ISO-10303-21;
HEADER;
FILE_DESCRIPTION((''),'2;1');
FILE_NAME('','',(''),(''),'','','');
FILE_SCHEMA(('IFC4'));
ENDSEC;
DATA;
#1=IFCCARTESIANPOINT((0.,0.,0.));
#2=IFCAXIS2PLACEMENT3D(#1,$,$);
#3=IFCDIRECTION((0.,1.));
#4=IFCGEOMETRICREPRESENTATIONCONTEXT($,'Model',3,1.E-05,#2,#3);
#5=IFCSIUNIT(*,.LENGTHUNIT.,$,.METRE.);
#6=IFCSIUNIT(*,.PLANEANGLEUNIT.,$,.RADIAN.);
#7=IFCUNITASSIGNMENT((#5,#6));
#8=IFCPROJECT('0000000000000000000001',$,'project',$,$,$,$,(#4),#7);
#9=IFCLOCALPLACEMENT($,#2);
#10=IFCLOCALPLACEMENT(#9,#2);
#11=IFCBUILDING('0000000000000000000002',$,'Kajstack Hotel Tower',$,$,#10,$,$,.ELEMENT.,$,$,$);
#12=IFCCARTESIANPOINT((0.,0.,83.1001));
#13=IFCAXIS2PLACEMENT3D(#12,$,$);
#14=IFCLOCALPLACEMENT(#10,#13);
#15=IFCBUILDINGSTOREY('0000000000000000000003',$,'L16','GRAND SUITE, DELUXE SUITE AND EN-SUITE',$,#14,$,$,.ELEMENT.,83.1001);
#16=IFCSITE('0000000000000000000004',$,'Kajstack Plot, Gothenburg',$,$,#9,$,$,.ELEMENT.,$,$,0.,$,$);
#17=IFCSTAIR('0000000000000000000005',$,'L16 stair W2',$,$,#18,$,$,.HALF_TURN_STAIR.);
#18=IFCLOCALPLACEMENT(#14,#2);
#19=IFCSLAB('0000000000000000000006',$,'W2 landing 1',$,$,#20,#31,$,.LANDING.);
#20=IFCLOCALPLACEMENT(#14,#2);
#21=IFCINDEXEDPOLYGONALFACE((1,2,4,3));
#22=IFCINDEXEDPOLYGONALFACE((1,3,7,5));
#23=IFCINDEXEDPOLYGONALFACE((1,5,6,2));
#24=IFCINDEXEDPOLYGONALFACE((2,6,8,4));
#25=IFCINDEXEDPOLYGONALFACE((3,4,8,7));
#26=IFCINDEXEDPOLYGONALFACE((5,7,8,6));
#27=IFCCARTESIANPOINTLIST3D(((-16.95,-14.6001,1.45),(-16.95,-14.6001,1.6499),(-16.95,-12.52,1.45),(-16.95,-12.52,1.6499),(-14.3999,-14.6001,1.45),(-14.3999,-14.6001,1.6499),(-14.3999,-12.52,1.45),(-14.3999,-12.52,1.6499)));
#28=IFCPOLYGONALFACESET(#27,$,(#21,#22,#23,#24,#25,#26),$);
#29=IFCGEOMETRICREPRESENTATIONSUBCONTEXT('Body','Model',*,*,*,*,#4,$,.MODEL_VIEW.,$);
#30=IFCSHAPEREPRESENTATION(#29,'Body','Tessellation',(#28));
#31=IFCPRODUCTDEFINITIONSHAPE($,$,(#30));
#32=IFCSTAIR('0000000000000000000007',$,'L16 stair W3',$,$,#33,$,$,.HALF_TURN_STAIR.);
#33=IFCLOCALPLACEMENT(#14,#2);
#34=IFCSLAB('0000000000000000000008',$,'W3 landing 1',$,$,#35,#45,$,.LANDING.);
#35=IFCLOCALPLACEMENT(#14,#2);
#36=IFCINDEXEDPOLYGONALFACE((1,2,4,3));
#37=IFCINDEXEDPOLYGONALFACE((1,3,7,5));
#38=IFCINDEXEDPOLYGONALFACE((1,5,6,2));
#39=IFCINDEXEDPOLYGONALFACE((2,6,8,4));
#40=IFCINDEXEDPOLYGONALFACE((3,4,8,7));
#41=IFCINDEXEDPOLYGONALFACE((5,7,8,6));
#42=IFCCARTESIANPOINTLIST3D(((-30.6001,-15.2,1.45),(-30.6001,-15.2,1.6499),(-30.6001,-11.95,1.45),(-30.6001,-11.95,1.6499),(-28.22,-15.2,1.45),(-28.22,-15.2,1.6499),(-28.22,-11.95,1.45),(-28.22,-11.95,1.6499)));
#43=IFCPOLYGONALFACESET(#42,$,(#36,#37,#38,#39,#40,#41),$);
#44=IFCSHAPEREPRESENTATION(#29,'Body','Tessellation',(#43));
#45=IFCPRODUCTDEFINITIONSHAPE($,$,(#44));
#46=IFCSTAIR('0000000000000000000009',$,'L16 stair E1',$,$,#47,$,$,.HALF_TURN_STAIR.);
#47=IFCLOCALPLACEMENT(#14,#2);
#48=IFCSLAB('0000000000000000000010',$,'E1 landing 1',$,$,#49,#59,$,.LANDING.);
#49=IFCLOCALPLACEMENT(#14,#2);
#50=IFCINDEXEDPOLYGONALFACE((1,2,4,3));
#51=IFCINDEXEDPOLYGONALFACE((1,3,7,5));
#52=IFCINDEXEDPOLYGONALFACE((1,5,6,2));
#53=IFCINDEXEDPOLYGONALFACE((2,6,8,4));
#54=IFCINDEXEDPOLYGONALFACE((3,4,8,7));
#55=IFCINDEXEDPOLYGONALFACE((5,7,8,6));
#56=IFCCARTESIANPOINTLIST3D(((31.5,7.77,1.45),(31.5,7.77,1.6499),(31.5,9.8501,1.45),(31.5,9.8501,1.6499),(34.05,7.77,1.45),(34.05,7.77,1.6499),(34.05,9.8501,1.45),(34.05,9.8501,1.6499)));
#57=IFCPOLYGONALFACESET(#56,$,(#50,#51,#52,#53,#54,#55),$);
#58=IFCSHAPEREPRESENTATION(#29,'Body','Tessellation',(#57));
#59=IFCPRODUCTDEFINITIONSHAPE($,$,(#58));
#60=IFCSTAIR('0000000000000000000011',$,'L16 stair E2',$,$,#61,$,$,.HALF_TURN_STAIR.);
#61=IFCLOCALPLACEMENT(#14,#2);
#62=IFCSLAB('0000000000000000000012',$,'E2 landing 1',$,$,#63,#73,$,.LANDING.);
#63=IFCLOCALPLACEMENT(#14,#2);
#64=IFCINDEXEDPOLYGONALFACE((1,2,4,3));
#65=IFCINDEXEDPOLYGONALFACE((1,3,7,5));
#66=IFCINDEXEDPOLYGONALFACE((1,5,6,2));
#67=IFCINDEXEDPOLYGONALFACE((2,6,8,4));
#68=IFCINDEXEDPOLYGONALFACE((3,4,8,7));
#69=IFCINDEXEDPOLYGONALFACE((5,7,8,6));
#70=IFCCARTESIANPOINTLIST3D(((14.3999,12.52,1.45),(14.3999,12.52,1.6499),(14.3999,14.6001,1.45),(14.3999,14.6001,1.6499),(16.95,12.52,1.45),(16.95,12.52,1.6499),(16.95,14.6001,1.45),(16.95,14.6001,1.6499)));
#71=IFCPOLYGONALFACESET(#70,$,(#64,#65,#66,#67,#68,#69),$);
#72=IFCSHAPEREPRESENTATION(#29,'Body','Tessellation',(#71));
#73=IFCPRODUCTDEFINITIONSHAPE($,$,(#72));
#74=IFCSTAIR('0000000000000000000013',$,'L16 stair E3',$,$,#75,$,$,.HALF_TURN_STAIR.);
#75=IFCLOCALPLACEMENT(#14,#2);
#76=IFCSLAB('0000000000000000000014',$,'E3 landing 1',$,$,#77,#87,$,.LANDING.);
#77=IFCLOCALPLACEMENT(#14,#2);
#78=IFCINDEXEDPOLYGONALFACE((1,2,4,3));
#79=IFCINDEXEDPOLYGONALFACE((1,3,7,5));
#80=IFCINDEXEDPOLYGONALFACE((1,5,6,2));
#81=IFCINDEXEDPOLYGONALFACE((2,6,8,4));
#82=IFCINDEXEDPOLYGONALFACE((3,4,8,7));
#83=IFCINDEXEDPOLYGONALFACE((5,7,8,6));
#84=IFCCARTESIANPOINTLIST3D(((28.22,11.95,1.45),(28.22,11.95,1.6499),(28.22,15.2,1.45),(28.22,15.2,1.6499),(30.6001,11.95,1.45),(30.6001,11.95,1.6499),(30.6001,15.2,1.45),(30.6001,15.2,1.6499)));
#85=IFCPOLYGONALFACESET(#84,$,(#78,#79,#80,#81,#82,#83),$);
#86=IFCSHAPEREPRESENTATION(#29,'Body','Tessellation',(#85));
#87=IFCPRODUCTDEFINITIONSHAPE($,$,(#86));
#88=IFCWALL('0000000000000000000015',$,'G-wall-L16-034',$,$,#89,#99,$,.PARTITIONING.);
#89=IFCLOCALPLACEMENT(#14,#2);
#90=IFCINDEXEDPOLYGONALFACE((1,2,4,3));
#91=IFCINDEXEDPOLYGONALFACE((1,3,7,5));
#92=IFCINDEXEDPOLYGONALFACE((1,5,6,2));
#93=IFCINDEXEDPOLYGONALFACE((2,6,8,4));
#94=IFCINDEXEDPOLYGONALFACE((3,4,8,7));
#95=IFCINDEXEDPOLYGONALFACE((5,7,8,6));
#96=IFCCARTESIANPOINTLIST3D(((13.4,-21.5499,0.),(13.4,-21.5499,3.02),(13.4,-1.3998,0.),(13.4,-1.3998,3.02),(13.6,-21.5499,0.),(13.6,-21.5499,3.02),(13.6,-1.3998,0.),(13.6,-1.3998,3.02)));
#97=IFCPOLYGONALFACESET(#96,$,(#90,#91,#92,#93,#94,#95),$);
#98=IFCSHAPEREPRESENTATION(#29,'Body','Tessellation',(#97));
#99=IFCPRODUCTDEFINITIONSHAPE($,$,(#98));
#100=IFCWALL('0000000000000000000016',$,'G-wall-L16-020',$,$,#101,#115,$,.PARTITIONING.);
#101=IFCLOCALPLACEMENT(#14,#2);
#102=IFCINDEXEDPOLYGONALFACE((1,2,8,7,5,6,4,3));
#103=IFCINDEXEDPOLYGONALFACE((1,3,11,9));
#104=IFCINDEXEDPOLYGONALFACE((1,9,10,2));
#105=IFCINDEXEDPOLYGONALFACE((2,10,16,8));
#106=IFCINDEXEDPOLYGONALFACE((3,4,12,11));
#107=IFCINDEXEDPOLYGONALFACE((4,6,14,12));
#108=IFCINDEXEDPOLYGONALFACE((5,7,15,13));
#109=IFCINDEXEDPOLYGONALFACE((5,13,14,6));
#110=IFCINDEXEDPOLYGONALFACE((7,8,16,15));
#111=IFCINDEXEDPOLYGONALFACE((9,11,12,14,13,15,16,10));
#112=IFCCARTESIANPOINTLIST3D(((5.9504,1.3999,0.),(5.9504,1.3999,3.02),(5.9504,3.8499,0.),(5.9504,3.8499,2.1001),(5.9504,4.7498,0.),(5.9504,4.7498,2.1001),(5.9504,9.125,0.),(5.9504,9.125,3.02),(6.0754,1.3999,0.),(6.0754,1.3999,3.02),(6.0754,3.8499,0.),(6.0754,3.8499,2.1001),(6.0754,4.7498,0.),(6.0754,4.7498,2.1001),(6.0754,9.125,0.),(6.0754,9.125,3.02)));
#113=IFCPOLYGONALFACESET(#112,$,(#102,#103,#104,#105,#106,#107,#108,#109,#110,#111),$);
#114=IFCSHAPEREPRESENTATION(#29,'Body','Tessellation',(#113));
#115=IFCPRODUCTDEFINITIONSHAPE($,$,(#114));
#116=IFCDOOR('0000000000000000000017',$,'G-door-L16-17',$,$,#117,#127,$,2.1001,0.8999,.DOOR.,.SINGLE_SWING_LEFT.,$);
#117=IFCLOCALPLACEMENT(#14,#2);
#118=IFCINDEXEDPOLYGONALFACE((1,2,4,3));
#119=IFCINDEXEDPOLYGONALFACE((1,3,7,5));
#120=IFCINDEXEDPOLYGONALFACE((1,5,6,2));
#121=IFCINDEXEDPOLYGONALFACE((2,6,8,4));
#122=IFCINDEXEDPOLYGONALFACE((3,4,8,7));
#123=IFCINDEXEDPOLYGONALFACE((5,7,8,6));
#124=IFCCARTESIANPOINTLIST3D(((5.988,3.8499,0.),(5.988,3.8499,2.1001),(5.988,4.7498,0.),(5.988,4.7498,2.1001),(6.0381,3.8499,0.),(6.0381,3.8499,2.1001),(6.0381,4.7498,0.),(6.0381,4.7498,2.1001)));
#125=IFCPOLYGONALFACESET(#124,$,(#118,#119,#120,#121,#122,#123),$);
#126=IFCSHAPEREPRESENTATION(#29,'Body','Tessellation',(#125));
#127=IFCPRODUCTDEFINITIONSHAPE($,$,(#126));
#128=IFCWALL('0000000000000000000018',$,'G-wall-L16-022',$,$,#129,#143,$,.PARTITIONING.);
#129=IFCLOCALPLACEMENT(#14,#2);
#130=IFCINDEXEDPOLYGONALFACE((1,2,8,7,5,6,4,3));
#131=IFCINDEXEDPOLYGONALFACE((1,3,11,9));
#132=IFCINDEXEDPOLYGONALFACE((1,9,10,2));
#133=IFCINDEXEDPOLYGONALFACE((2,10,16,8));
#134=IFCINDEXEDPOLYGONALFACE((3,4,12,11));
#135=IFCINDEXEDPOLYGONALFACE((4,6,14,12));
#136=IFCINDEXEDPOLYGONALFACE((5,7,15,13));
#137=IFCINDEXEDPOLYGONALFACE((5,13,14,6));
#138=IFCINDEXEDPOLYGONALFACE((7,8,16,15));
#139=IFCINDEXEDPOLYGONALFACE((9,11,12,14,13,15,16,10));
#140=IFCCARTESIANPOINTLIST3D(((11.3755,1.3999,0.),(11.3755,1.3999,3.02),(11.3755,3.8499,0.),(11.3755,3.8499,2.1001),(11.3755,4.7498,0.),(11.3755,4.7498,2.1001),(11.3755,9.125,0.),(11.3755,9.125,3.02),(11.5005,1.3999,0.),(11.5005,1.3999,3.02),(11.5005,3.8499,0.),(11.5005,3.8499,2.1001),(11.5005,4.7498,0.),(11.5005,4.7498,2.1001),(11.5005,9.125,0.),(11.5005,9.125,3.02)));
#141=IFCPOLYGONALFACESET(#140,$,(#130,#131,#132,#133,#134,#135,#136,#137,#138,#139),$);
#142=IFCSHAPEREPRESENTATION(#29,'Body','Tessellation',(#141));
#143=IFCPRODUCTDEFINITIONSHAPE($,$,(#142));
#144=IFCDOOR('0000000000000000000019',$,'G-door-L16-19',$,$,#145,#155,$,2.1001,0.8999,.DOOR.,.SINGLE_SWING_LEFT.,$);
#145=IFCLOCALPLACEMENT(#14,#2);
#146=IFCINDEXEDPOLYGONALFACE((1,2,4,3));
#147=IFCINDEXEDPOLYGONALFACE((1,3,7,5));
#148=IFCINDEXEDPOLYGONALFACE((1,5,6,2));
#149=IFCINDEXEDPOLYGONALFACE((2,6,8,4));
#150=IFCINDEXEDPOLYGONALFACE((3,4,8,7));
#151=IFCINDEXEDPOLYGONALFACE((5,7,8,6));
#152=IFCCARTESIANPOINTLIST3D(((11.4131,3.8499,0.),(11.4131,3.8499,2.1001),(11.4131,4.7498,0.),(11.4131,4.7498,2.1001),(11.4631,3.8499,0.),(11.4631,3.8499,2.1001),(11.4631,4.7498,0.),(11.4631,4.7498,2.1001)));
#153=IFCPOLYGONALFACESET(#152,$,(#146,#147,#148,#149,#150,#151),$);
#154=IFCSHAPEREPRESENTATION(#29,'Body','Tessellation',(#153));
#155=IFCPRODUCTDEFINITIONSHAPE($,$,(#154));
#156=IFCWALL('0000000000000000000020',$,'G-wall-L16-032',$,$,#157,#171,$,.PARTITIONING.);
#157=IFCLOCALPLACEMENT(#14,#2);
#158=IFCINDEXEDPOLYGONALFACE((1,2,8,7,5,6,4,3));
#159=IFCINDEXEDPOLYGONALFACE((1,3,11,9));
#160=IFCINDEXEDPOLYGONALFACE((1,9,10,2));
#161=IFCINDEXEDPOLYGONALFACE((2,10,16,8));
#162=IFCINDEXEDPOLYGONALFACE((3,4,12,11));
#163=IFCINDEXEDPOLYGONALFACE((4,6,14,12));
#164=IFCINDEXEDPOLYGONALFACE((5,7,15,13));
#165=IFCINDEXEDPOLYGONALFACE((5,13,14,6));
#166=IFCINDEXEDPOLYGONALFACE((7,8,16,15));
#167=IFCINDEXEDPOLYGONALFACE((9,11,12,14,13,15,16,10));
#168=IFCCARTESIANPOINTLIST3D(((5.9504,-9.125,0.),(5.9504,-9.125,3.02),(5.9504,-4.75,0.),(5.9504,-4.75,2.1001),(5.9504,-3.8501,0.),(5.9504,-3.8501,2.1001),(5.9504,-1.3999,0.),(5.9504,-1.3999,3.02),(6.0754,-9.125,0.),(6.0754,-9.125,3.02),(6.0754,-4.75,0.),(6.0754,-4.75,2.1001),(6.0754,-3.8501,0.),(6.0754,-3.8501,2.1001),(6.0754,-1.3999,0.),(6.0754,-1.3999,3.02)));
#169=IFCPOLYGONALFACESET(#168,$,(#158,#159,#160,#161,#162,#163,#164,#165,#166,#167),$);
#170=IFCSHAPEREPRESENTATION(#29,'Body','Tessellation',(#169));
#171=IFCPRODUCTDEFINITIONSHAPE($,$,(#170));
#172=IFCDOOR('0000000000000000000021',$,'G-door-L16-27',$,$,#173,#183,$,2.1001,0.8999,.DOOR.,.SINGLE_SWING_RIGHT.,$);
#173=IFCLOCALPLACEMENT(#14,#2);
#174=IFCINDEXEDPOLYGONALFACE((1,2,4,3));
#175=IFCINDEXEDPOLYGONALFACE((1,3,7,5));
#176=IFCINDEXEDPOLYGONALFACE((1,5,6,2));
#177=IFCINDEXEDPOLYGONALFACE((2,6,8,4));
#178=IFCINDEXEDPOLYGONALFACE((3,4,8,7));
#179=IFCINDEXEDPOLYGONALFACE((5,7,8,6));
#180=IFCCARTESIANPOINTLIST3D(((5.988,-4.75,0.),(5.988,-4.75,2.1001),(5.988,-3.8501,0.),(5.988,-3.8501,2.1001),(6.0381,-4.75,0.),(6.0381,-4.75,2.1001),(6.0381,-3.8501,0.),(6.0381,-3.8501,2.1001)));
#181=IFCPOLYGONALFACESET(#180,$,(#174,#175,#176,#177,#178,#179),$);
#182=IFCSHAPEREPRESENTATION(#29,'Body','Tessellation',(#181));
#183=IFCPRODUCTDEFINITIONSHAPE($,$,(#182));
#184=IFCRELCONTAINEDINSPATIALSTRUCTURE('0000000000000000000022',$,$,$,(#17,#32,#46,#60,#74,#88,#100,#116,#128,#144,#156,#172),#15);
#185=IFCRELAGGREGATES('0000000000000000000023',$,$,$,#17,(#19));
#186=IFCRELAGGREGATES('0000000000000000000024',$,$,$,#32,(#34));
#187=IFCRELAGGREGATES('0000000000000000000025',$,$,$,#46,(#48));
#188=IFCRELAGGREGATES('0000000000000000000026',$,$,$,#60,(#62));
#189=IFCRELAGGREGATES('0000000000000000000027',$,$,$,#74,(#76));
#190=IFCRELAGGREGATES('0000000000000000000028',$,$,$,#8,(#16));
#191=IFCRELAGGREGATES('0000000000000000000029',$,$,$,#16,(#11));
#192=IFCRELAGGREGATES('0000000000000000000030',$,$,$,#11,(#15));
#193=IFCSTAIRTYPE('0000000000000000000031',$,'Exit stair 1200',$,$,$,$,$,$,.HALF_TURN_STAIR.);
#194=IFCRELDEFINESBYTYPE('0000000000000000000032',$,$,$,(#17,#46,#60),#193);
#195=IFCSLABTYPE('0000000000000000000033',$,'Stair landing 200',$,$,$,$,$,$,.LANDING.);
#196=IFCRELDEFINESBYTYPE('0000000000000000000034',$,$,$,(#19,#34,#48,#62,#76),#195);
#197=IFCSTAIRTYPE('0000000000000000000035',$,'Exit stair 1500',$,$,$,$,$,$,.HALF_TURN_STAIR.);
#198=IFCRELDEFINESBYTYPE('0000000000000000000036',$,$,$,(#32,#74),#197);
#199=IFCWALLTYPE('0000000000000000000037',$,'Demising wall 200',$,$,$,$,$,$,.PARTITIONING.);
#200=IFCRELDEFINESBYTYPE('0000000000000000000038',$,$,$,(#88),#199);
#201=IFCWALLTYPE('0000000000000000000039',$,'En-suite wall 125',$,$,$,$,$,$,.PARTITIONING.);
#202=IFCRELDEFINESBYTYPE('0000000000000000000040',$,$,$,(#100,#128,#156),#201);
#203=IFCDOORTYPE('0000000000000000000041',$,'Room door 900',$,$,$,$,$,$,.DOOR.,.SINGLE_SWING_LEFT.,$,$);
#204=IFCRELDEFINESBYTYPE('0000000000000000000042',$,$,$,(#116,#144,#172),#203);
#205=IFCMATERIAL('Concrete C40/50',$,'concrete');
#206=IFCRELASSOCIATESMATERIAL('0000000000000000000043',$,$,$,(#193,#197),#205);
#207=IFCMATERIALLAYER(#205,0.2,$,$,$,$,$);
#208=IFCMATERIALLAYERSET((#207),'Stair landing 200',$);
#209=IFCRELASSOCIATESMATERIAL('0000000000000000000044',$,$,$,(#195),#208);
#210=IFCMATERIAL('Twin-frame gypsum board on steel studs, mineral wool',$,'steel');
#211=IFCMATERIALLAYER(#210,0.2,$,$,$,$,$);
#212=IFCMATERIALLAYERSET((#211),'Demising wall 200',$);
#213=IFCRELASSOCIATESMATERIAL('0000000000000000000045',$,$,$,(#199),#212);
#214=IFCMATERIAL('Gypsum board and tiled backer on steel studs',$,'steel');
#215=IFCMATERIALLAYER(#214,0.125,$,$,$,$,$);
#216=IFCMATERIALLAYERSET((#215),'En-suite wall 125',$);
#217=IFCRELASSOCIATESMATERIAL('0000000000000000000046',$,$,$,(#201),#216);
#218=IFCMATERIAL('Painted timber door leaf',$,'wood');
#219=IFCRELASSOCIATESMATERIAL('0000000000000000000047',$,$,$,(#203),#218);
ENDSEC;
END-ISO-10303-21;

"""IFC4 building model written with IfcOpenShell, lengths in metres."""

from ifc_helpers import new_model, si_unit, direction, frame, frame_2d, origin, place, context, subcontext, project, spatial, polyline, rectangle, outline, extrude, material, layer, layer_set, type_object, element, fill, aggregate, save


model = new_model("IFC4")

# Units and contexts
model_context = context("Model", 3, precision=1e-05, world=origin(), true_north=direction((0.0, 1.0)))
body_context = subcontext(model_context, "Body", "Model", "MODEL_VIEW")
ifc_project = project(units=[si_unit("LENGTHUNIT", "METRE"), si_unit("PLANEANGLEUNIT", "RADIAN")], contexts=[model_context])

# Site, building, storey
site_placement = place(None, origin())
site = spatial("IfcSite", under=ifc_project, at=site_placement, Name="Kajstack Plot, Gothenburg", CompositionType="ELEMENT", RefElevation=0.0)
building_placement = place(site_placement, origin())
building = spatial("IfcBuilding", under=site, at=building_placement, Name="Kajstack Hotel Tower", CompositionType="ELEMENT")
storey_placement = place(building_placement, frame((0.0, 0.0, 83.1001)))
storey = spatial("IfcBuildingStorey", under=building, at=storey_placement, Name="L16", Description="GRAND SUITE, DELUXE SUITE AND EN-SUITE", CompositionType="ELEMENT", Elevation=83.1001)

# Stairs, slabs
ifc_material_1 = material(Name="Concrete C40/50", Category="concrete")
stair_type_1 = type_object("IfcStairType", Name="Exit stair 1200", PredefinedType="HALF_TURN_STAIR", material=ifc_material_1)
stair_1_placement = place(storey_placement, origin())
stair_1 = element("IfcStair", 1, at=stair_1_placement, inside=storey, type_object=stair_type_1, Name="L16 stair W2", PredefinedType="HALF_TURN_STAIR")
ifc_layer_1 = layer(ifc_material_1, 0.2)
ifc_layer_set_1 = layer_set([ifc_layer_1], Name="Stair landing 200")
slab_type = type_object("IfcSlabType", Name="Stair landing 200", PredefinedType="LANDING", material=ifc_layer_set_1)
slab_1_placement = place(storey_placement, frame((0.0, 0.0, 1.45)))
slab_1 = element("IfcSlab", 2, at=slab_1_placement, type_object=slab_type, Name="W2 landing 1", PredefinedType="LANDING", context=body_context, shape_type="SweptSolid", body=[
    extrude(outline(polyline([(-16.95, -12.52), (-16.95, -14.6001), (-14.3999, -14.6001), (-14.3999, -12.52), (-16.95, -12.52)])), origin(), (0.0, 0.0, 1.0), 0.2),
])
aggregate(stair_1, [slab_1])
stair_type_2 = type_object("IfcStairType", Name="Exit stair 1500", PredefinedType="HALF_TURN_STAIR", material=ifc_material_1)
stair_2_placement = place(storey_placement, origin())
stair_2 = element("IfcStair", 3, at=stair_2_placement, inside=storey, type_object=stair_type_2, Name="L16 stair W3", PredefinedType="HALF_TURN_STAIR")
slab_2_placement = place(storey_placement, frame((0.0, 0.0, 1.45)))
slab_2 = element("IfcSlab", 4, at=slab_2_placement, type_object=slab_type, Name="W3 landing 1", PredefinedType="LANDING", context=body_context, shape_type="SweptSolid", body=[
    extrude(outline(polyline([(-28.22, -11.95), (-30.6001, -11.95), (-30.6001, -15.2), (-28.22, -15.2), (-28.22, -11.95)])), origin(), (0.0, 0.0, 1.0), 0.2),
])
aggregate(stair_2, [slab_2])
stair_3_placement = place(storey_placement, origin())
stair_3 = element("IfcStair", 5, at=stair_3_placement, inside=storey, type_object=stair_type_1, Name="L16 stair E1", PredefinedType="HALF_TURN_STAIR")
slab_3_placement = place(storey_placement, frame((0.0, 0.0, 1.45)))
slab_3 = element("IfcSlab", 6, at=slab_3_placement, type_object=slab_type, Name="E1 landing 1", PredefinedType="LANDING", context=body_context, shape_type="SweptSolid", body=[
    extrude(outline(polyline([(34.05, 7.77), (34.05, 9.8501), (31.5, 9.8501), (31.5, 7.77), (34.05, 7.77)])), origin(), (0.0, 0.0, 1.0), 0.2),
])
aggregate(stair_3, [slab_3])
stair_4_placement = place(storey_placement, origin())
stair_4 = element("IfcStair", 7, at=stair_4_placement, inside=storey, type_object=stair_type_1, Name="L16 stair E2", PredefinedType="HALF_TURN_STAIR")
slab_4_placement = place(storey_placement, frame((0.0, 0.0, 1.45)))
slab_4 = element("IfcSlab", 8, at=slab_4_placement, type_object=slab_type, Name="E2 landing 1", PredefinedType="LANDING", context=body_context, shape_type="SweptSolid", body=[
    extrude(outline(polyline([(16.95, 12.52), (16.95, 14.6001), (14.3999, 14.6001), (14.3999, 12.52), (16.95, 12.52)])), origin(), (0.0, 0.0, 1.0), 0.2),
])
aggregate(stair_4, [slab_4])
stair_5_placement = place(storey_placement, origin())
stair_5 = element("IfcStair", 9, at=stair_5_placement, inside=storey, type_object=stair_type_2, Name="L16 stair E3", PredefinedType="HALF_TURN_STAIR")
slab_5_placement = place(storey_placement, frame((0.0, 0.0, 1.45)))
slab_5 = element("IfcSlab", 10, at=slab_5_placement, type_object=slab_type, Name="E3 landing 1", PredefinedType="LANDING", context=body_context, shape_type="SweptSolid", body=[
    extrude(outline(polyline([(28.22, 11.95), (30.6001, 11.95), (30.6001, 15.2), (28.22, 15.2), (28.22, 11.95)])), origin(), (0.0, 0.0, 1.0), 0.2),
])
aggregate(stair_5, [slab_5])

# Wall
ifc_material_2 = material(Name="Twin-frame gypsum board on steel studs, mineral wool", Category="steel")
ifc_layer_2 = layer(ifc_material_2, 0.2)
ifc_layer_set_2 = layer_set([ifc_layer_2], Name="Demising wall 200")
wall_type_1 = type_object("IfcWallType", Name="Demising wall 200", PredefinedType="PARTITIONING", material=ifc_layer_set_2)
wall_1_placement = place(storey_placement, frame((13.5, -21.55, 0.0), z_axis=(0.0, 0.0, 1.0), x_axis=(0.0, 1.0, 0.0)))
element("IfcWall", 11, at=wall_1_placement, inside=storey, type_object=wall_type_1, Name="G-wall-L16-034", PredefinedType="PARTITIONING", context=body_context, shape_type="SweptSolid", body=[
    extrude(rectangle(XDim=20.1501, YDim=0.2, at=frame_2d((10.0752, 0.0))), origin(), (0.0, 0.0, 1.0), 3.02),
])

# Walls, openings, doors
ifc_material_3 = material(Name="Gypsum board and tiled backer on steel studs", Category="steel")
ifc_layer_3 = layer(ifc_material_3, 0.125)
ifc_layer_set_3 = layer_set([ifc_layer_3], Name="En-suite wall 125")
wall_type_2 = type_object("IfcWallType", Name="En-suite wall 125", PredefinedType="PARTITIONING", material=ifc_layer_set_3)
wall_2_placement = place(storey_placement, frame((6.0129, 1.3999, 0.0), z_axis=(0.0, 0.0, 1.0), x_axis=(0.0, 1.0, 0.0)))
wall_2 = element("IfcWall", 12, at=wall_2_placement, inside=storey, type_object=wall_type_2, Name="G-wall-L16-020", PredefinedType="PARTITIONING", context=body_context, shape_type="SweptSolid", body=[
    extrude(rectangle(XDim=7.7251, YDim=0.125, at=frame_2d((3.8625, 0.0))), origin(), (0.0, 0.0, 1.0), 3.02),
])
opening_1_placement = place(wall_2_placement, frame((2.45, 0.0, 0.0)))
opening_1 = element("IfcOpeningElement", 13, at=opening_1_placement, cuts=wall_2, PredefinedType="OPENING", context=body_context, shape_type="SweptSolid", body=[
    extrude(rectangle(XDim=0.8999, YDim=2.1001, at=frame_2d((0.45, 1.05))), frame((0.0, 0.0725, 0.0), z_axis=(0.0, -1.0, 0.0), x_axis=(1.0, 0.0, 0.0)), (0.0, 0.0, 1.0), 0.145),
])
ifc_material_4 = material(Name="Painted timber door leaf", Category="wood")
door_type_1 = type_object("IfcDoorType", Name="Room door 900", OperationType="SINGLE_SWING_LEFT", PredefinedType="DOOR", material=ifc_material_4)
door_1_placement = place(opening_1_placement, origin())
door_1 = element("IfcDoor", 14, at=door_1_placement, inside=storey, type_object=door_type_1, Name="G-door-L16-17", OperationType="SINGLE_SWING_LEFT", OverallHeight=2.1001, OverallWidth=0.8999, PredefinedType="DOOR", context=body_context, shape_type="SweptSolid", body=[
    extrude(rectangle(XDim=0.8999, YDim=2.1001, at=frame_2d((0.45, 1.05))), frame((0.0, 0.0249, 0.0), z_axis=(0.0, -1.0, 0.0), x_axis=(1.0, 0.0, 0.0)), (0.0, 0.0, 1.0), 0.05),
])
fill(opening_1, door_1)
wall_3_placement = place(storey_placement, frame((11.438, 1.3999, 0.0), z_axis=(0.0, 0.0, 1.0), x_axis=(0.0, 1.0, 0.0)))
wall_3 = element("IfcWall", 15, at=wall_3_placement, inside=storey, type_object=wall_type_2, Name="G-wall-L16-022", PredefinedType="PARTITIONING", context=body_context, shape_type="SweptSolid", body=[
    extrude(rectangle(XDim=7.7251, YDim=0.125, at=frame_2d((3.8625, 0.0))), origin(), (0.0, 0.0, 1.0), 3.02),
])
opening_2_placement = place(wall_3_placement, frame((2.45, 0.0, 0.0)))
opening_2 = element("IfcOpeningElement", 16, at=opening_2_placement, cuts=wall_3, PredefinedType="OPENING", context=body_context, shape_type="SweptSolid", body=[
    extrude(rectangle(XDim=0.8999, YDim=2.1001, at=frame_2d((0.45, 1.05))), frame((0.0, 0.0725, 0.0), z_axis=(0.0, -1.0, 0.0), x_axis=(1.0, 0.0, 0.0)), (0.0, 0.0, 1.0), 0.145),
])
door_2_placement = place(opening_2_placement, origin())
door_2 = element("IfcDoor", 17, at=door_2_placement, inside=storey, type_object=door_type_1, Name="G-door-L16-19", OperationType="SINGLE_SWING_LEFT", OverallHeight=2.1001, OverallWidth=0.8999, PredefinedType="DOOR", context=body_context, shape_type="SweptSolid", body=[
    extrude(rectangle(XDim=0.8999, YDim=2.1001, at=frame_2d((0.45, 1.05))), frame((0.0, 0.0249, 0.0), z_axis=(0.0, -1.0, 0.0), x_axis=(1.0, 0.0, 0.0)), (0.0, 0.0, 1.0), 0.05),
])
fill(opening_2, door_2)
wall_4_placement = place(storey_placement, frame((6.0129, -9.125, 0.0), z_axis=(0.0, 0.0, 1.0), x_axis=(0.0, 1.0, 0.0)))
wall_4 = element("IfcWall", 18, at=wall_4_placement, inside=storey, type_object=wall_type_2, Name="G-wall-L16-032", PredefinedType="PARTITIONING", context=body_context, shape_type="SweptSolid", body=[
    extrude(rectangle(XDim=7.7251, YDim=0.125, at=frame_2d((3.8625, 0.0))), origin(), (0.0, 0.0, 1.0), 3.02),
])
opening_3_placement = place(wall_4_placement, frame((4.375, 0.0, 0.0)))
opening_3 = element("IfcOpeningElement", 19, at=opening_3_placement, cuts=wall_4, PredefinedType="OPENING", context=body_context, shape_type="SweptSolid", body=[
    extrude(rectangle(XDim=0.8999, YDim=2.1001, at=frame_2d((0.45, 1.05))), frame((0.0, 0.0725, 0.0), z_axis=(0.0, -1.0, 0.0), x_axis=(1.0, 0.0, 0.0)), (0.0, 0.0, 1.0), 0.145),
])
door_3_placement = place(opening_3_placement, origin())
door_3 = element("IfcDoor", 20, at=door_3_placement, inside=storey, type_object=door_type_1, Name="G-door-L16-27", OperationType="SINGLE_SWING_RIGHT", OverallHeight=2.1001, OverallWidth=0.8999, PredefinedType="DOOR", context=body_context, shape_type="SweptSolid", body=[
    extrude(rectangle(XDim=0.8999, YDim=2.1001, at=frame_2d((0.45, 1.05))), frame((0.0, 0.0249, 0.0), z_axis=(0.0, -1.0, 0.0), x_axis=(1.0, 0.0, 0.0)), (0.0, 0.0, 1.0), 0.05),
])
fill(opening_3, door_3)

save(model, "model.ifc")
